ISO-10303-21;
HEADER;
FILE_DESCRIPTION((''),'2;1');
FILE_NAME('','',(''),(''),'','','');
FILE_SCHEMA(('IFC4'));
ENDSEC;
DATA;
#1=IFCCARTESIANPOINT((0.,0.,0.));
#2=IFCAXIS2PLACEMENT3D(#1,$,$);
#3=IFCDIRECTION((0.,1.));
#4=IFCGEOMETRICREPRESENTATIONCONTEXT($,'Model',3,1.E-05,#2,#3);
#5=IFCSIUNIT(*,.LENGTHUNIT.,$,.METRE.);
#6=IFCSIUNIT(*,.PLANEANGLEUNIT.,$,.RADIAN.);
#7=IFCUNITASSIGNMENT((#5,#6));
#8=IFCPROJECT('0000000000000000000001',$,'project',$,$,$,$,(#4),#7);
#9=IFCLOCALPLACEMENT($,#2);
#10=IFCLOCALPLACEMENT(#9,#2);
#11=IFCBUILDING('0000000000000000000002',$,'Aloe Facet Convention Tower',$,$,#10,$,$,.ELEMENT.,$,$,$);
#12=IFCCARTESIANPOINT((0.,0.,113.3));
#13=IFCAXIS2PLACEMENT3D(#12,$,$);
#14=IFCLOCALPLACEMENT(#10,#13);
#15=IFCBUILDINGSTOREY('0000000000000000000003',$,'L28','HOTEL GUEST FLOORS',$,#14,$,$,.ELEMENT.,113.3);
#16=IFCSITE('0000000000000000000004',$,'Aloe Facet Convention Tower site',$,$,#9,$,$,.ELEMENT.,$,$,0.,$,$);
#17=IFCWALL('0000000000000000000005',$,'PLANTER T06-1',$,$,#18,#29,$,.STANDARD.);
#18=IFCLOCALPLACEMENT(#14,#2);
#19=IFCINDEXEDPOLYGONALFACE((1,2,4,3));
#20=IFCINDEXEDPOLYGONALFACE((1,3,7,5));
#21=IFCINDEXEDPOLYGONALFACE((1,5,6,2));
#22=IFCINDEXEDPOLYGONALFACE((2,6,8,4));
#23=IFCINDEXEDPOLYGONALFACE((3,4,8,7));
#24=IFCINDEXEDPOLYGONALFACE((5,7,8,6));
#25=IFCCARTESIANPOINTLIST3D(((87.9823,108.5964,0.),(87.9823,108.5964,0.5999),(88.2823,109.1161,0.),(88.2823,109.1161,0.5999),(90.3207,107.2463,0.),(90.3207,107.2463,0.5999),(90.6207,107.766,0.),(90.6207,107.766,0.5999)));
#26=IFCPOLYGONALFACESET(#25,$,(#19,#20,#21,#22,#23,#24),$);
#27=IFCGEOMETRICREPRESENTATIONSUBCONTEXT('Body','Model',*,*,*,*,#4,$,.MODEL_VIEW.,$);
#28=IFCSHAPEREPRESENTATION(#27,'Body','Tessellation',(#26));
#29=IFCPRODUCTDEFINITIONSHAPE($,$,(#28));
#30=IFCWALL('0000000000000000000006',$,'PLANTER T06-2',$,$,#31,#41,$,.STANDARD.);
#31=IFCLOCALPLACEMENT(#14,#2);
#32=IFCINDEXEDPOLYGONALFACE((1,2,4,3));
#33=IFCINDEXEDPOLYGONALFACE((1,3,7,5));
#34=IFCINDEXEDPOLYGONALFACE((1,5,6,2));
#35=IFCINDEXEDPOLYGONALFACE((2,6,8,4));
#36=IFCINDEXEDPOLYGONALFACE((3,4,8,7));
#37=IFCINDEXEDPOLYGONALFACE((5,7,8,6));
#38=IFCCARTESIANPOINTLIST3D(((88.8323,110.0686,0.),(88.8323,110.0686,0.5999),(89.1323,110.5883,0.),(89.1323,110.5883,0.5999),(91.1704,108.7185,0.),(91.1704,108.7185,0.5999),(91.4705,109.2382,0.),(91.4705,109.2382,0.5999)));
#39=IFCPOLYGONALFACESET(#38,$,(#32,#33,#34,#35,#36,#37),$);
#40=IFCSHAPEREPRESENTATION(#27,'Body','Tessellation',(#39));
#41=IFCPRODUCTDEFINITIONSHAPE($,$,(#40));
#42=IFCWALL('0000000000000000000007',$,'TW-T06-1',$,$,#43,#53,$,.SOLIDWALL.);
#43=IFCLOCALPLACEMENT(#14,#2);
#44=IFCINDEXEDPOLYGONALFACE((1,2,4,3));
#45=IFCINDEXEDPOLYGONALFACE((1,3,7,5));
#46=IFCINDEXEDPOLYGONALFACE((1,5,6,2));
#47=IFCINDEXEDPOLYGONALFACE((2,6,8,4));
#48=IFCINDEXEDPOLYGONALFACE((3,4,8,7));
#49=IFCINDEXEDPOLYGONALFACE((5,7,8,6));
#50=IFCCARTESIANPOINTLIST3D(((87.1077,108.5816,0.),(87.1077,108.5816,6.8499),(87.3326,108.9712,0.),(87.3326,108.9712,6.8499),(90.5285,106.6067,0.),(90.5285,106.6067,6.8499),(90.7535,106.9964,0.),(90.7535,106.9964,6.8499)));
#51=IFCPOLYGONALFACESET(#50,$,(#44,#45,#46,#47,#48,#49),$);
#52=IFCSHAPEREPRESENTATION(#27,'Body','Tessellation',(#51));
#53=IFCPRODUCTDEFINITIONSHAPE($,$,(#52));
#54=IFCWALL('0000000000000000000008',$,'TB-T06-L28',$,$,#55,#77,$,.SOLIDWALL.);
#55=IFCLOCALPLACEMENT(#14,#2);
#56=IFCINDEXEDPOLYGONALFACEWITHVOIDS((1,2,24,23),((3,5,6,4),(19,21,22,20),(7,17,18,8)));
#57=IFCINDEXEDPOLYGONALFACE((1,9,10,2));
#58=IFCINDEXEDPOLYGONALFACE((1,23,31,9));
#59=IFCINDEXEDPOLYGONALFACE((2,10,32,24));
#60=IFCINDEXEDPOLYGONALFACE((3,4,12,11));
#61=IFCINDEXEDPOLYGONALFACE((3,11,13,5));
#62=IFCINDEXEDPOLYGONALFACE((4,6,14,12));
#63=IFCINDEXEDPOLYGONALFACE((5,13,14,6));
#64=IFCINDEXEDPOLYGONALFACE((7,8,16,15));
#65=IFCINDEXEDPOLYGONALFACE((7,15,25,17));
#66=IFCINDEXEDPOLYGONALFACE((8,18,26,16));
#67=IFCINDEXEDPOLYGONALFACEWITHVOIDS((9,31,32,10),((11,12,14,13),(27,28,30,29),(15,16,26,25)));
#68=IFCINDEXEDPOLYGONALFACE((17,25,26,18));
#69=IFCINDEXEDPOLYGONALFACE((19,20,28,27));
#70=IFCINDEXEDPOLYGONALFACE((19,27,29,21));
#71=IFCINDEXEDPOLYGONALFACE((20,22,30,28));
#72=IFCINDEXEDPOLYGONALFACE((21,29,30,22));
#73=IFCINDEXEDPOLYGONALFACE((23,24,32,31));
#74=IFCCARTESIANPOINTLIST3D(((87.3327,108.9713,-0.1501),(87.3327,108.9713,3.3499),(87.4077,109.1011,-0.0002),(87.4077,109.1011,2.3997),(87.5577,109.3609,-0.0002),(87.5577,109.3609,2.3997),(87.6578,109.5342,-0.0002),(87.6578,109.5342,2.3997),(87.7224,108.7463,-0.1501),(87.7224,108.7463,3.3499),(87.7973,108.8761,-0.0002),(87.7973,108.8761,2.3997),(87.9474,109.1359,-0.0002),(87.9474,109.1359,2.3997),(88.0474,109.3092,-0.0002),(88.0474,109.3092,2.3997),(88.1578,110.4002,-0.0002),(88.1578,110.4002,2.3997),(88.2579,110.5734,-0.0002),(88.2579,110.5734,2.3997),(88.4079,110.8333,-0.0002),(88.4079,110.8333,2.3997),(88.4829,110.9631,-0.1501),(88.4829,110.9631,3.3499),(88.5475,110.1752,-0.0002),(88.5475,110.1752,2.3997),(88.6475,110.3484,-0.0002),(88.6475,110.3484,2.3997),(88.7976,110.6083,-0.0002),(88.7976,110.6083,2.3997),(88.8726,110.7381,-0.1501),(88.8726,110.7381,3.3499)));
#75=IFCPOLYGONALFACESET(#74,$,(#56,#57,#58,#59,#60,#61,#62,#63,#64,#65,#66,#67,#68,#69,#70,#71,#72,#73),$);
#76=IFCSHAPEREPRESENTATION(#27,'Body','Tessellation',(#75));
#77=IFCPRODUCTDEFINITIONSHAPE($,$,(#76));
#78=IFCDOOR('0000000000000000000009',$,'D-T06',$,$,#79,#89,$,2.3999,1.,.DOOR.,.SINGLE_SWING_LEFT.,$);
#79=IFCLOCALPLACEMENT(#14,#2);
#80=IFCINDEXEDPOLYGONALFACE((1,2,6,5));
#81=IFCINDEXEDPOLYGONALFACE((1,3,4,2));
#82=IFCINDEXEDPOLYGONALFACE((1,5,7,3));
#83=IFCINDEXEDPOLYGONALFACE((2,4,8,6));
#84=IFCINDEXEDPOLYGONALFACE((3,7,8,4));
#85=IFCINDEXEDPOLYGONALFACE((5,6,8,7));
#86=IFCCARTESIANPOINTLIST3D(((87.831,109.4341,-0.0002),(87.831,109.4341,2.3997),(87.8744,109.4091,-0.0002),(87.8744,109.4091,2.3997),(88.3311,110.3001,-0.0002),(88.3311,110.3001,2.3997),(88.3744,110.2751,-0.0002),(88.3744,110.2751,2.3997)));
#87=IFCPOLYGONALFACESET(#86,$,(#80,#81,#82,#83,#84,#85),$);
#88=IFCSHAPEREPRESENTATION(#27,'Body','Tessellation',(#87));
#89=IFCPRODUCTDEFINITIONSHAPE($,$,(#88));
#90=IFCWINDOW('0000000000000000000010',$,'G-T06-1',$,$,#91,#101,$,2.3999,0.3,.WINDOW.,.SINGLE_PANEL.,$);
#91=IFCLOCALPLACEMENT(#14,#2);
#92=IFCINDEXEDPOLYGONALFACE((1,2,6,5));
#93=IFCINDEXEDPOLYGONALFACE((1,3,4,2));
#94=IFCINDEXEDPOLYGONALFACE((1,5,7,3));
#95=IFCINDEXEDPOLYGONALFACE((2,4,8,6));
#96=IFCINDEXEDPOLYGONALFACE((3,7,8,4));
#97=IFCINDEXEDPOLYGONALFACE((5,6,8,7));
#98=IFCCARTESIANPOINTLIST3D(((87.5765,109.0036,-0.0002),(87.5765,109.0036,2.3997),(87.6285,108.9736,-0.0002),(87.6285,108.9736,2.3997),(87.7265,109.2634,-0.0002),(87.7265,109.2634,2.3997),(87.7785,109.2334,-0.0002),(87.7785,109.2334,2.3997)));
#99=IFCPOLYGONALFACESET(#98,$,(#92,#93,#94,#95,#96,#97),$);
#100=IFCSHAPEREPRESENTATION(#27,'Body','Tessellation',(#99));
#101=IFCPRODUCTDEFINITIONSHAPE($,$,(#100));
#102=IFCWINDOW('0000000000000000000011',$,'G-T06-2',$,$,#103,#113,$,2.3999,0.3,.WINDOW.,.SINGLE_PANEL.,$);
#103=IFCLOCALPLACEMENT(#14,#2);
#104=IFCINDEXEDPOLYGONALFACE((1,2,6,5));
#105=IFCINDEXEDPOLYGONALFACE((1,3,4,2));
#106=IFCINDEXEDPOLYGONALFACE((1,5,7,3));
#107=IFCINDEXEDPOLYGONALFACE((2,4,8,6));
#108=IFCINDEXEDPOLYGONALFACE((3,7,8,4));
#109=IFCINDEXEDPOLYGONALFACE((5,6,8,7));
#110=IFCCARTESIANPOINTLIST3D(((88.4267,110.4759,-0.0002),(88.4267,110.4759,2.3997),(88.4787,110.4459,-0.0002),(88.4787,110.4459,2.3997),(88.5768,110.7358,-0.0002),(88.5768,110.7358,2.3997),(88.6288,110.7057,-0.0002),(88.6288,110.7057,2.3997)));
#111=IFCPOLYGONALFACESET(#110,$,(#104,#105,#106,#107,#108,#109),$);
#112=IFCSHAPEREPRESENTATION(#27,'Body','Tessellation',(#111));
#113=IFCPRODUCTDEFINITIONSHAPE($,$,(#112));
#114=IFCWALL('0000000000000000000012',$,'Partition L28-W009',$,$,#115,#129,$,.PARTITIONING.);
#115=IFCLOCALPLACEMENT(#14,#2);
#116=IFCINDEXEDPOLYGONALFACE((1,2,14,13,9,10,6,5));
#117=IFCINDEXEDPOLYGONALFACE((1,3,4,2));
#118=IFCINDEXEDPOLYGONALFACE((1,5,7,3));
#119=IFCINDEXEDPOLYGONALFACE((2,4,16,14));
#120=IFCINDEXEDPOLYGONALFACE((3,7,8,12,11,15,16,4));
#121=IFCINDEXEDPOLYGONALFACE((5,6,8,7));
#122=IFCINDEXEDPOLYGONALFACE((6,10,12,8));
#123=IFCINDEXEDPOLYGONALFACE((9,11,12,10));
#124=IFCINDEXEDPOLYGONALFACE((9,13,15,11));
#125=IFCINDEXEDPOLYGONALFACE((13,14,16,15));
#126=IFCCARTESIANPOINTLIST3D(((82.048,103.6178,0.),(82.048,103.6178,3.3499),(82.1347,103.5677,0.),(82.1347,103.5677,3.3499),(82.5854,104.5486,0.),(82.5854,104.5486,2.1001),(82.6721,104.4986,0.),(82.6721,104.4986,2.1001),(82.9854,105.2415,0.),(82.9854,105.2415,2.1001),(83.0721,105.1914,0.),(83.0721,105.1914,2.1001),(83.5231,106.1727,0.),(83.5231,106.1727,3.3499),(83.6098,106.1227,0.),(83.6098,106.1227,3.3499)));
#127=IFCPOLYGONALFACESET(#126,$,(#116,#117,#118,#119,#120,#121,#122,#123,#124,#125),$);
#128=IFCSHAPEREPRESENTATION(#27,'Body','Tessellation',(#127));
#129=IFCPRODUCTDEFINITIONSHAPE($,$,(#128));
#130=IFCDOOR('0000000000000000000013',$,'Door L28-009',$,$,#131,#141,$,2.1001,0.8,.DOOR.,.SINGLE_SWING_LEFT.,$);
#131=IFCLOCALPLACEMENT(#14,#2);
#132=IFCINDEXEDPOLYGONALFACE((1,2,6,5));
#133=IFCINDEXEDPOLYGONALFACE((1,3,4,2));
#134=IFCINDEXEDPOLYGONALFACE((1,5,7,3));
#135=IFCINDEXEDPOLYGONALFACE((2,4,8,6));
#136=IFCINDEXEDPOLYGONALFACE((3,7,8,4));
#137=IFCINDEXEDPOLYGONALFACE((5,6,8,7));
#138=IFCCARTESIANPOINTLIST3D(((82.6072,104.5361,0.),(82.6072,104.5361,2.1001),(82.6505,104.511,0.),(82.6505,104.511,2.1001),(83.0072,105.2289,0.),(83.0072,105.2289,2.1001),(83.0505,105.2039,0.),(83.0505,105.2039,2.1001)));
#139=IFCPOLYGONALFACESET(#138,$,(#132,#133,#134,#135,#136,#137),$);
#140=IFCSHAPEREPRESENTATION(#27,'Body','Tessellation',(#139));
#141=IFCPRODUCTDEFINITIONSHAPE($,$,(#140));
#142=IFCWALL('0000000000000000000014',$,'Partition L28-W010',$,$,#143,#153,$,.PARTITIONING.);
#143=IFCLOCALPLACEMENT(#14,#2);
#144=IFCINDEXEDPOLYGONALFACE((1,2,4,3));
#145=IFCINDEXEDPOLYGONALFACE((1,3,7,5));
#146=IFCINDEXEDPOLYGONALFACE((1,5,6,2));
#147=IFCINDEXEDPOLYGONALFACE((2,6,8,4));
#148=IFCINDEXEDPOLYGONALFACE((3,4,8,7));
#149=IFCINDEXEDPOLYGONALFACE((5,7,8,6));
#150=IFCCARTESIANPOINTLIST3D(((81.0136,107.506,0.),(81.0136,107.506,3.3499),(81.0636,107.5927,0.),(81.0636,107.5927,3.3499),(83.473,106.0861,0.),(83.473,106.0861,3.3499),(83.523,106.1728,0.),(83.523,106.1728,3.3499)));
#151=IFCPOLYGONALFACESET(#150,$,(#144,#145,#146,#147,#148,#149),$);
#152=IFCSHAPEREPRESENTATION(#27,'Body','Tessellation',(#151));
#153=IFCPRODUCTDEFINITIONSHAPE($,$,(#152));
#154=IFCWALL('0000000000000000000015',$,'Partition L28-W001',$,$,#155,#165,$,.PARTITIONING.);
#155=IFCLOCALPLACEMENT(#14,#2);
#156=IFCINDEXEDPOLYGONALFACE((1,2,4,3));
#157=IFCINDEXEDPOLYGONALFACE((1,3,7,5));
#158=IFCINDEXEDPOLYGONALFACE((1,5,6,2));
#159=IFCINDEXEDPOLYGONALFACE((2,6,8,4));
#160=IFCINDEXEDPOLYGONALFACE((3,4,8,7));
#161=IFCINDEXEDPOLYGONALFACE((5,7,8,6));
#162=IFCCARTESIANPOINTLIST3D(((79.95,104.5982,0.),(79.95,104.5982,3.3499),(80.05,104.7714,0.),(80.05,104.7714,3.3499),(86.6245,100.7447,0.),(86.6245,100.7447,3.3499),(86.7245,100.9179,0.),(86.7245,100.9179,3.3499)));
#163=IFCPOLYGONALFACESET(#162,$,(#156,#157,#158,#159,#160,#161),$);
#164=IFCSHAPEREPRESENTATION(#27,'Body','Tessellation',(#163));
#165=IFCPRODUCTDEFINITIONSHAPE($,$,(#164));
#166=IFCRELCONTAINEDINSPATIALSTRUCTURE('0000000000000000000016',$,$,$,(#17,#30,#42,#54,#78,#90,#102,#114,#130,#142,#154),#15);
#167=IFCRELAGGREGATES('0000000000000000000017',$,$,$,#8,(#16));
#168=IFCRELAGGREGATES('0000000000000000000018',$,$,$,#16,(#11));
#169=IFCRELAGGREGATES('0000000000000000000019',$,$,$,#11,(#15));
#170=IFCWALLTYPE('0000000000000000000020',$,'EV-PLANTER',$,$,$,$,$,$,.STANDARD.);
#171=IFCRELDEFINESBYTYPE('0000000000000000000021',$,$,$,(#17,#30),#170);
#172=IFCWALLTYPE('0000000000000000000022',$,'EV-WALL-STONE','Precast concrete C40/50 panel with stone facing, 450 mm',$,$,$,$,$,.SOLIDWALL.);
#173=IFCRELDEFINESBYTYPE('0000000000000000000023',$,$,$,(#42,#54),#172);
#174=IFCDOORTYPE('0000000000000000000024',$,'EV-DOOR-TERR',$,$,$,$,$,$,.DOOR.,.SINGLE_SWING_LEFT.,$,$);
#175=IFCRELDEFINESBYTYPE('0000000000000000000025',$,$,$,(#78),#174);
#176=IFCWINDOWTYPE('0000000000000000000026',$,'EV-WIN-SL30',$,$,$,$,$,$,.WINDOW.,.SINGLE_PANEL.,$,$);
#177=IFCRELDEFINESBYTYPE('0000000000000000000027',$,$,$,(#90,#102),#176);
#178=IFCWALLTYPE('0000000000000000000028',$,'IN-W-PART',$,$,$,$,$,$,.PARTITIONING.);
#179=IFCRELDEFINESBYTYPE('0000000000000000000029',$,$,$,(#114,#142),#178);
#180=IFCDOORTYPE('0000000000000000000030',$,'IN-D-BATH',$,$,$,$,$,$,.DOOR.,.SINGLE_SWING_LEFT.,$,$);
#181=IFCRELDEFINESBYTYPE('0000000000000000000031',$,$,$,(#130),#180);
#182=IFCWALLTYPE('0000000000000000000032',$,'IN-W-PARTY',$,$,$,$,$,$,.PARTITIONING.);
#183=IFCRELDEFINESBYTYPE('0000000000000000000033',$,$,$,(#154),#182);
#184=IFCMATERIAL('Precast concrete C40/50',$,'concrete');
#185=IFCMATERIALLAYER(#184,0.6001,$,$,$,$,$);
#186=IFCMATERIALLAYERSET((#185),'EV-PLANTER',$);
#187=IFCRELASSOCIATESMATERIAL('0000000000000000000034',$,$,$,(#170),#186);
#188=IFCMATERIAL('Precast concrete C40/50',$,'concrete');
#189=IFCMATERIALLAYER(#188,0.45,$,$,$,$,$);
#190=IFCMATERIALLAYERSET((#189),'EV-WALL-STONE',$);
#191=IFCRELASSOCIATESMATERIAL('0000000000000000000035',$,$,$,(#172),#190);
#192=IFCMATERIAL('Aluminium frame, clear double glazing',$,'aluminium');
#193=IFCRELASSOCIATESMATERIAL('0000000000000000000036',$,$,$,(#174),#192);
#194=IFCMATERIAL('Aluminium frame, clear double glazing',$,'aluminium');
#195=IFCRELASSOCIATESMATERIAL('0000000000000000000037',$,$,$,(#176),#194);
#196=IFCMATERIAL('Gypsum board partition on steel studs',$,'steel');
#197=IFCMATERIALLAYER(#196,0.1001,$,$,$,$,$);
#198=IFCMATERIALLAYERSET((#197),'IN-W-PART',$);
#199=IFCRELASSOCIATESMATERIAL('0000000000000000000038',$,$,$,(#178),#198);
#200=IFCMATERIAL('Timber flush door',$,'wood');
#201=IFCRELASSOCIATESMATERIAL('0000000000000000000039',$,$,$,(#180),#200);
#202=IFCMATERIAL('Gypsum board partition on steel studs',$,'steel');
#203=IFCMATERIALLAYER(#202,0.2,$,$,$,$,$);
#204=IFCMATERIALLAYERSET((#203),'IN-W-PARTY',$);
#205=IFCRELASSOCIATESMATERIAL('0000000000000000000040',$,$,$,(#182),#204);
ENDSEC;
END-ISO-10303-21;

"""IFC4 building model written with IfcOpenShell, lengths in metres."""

from ifc_helpers import new_model, si_unit, direction, frame, frame_2d, origin, place, context, subcontext, project, spatial, rectangle, extrude, material, layer, layer_set, type_object, element, fill, save


model = new_model("IFC4")

# Units and contexts
model_context = context("Model", 3, precision=1e-05, world=origin(), true_north=direction((0.0, 1.0)))
body_context = subcontext(model_context, "Body", "Model", "MODEL_VIEW")
ifc_project = project(units=[si_unit("LENGTHUNIT", "METRE"), si_unit("PLANEANGLEUNIT", "RADIAN")], contexts=[model_context])

# Site, building, storey
site_placement = place(None, origin())
site = spatial("IfcSite", under=ifc_project, at=site_placement, Name="Aloe Facet Convention Tower site", CompositionType="ELEMENT", RefElevation=0.0)
building_placement = place(site_placement, origin())
building = spatial("IfcBuilding", under=site, at=building_placement, Name="Aloe Facet Convention Tower", CompositionType="ELEMENT")
storey_placement = place(building_placement, frame((0.0, 0.0, 113.3)))
storey = spatial("IfcBuildingStorey", under=building, at=storey_placement, Name="L28", Description="HOTEL GUEST FLOORS", CompositionType="ELEMENT", Elevation=113.3)

# Walls
ifc_material_1 = material(Name="Precast concrete C40/50", Category="concrete")
ifc_layer_1 = layer(ifc_material_1, 0.6001)
ifc_layer_set_1 = layer_set([ifc_layer_1], Name="EV-PLANTER")
wall_type_1 = type_object("IfcWallType", Name="EV-PLANTER", PredefinedType="STANDARD", material=ifc_layer_set_1)
wall_1_placement = place(storey_placement, frame((90.4707, 107.5061, 0.0), z_axis=(0.0, 0.0, 1.0), x_axis=(-0.86602, 0.500009, 0.0)))
element("IfcWall", 1, at=wall_1_placement, inside=storey, type_object=wall_type_1, Name="PLANTER T06-1", PredefinedType="STANDARD", context=body_context, shape_type="SweptSolid", body=[
    extrude(rectangle(XDim=2.7002, YDim=0.6001, at=frame_2d((1.3501, 0.0))), origin(), (0.0, 0.0, 1.0), 0.5999),
])
wall_2_placement = place(storey_placement, frame((91.3206, 108.9783, 0.0), z_axis=(0.0, 0.0, 1.0), x_axis=(-0.865997, 0.500049, 0.0)))
element("IfcWall", 2, at=wall_2_placement, inside=storey, type_object=wall_type_1, Name="PLANTER T06-2", PredefinedType="STANDARD", context=body_context, shape_type="SweptSolid", body=[
    extrude(rectangle(XDim=2.7, YDim=0.6001, at=frame_2d((1.3501, 0.0))), origin(), (0.0, 0.0, 1.0), 0.5999),
])
ifc_material_2 = material(Name="Precast concrete C40/50", Category="concrete")
ifc_layer_2 = layer(ifc_material_2, 0.45)
ifc_layer_set_2 = layer_set([ifc_layer_2], Name="EV-WALL-STONE")
wall_type_2 = type_object("IfcWallType", Name="EV-WALL-STONE", Description="Precast concrete C40/50 panel with stone facing, 450 mm", PredefinedType="SOLIDWALL", material=ifc_layer_set_2)
wall_3_placement = place(storey_placement, frame((90.6411, 106.8015, 0.0), z_axis=(0.0, 0.0, 1.0), x_axis=(-0.866048, 0.499961, 0.0)))
element("IfcWall", 3, at=wall_3_placement, inside=storey, type_object=wall_type_2, Name="TW-T06-1", PredefinedType="SOLIDWALL", context=body_context, shape_type="SweptSolid", body=[
    extrude(rectangle(XDim=3.95, YDim=0.45, at=frame_2d((1.9751, 0.0))), origin(), (0.0, 0.0, 1.0), 6.8499),
])

# Wall, openings, door, windows
wall_4_placement = place(storey_placement, frame((87.5276, 108.8589, -0.1501), z_axis=(0.0, 0.0, 1.0), x_axis=(0.500078, 0.865981, 0.0)))
wall_4 = element("IfcWall", 4, at=wall_4_placement, inside=storey, type_object=wall_type_2, Name="TB-T06-L28", PredefinedType="SOLIDWALL", context=body_context, shape_type="SweptSolid", body=[
    extrude(rectangle(XDim=2.3, YDim=0.45, at=frame_2d((1.1499, 0.0))), origin(), (0.0, 0.0, 1.0), 3.5),
])
opening_1_placement = place(wall_4_placement, frame((0.6499, 0.0, 0.1499)))
opening_1 = element("IfcOpeningElement", 5, at=opening_1_placement, cuts=wall_4, PredefinedType="OPENING", context=body_context, shape_type="SweptSolid", body=[
    extrude(rectangle(XDim=1.0, YDim=2.3999, at=frame_2d((0.5, 1.2))), frame((0.0, 0.2349, 0.0), z_axis=(0.0, -1.0, 0.0), x_axis=(1.0, 0.0, 0.0)), (0.0, 0.0, 1.0), 0.47),
])
opening_2_placement = place(wall_4_placement, frame((0.1499, 0.0, 0.1499)))
opening_2 = element("IfcOpeningElement", 6, at=opening_2_placement, cuts=wall_4, PredefinedType="OPENING", context=body_context, shape_type="SweptSolid", body=[
    extrude(rectangle(XDim=0.3, YDim=2.3999, at=frame_2d((0.1499, 1.2))), frame((0.0, 0.2349, 0.0), z_axis=(0.0, -1.0, 0.0), x_axis=(1.0, 0.0, 0.0)), (0.0, 0.0, 1.0), 0.47),
])
opening_3_placement = place(wall_4_placement, frame((1.8501, 0.0, 0.1499)))
opening_3 = element("IfcOpeningElement", 7, at=opening_3_placement, cuts=wall_4, PredefinedType="OPENING", context=body_context, shape_type="SweptSolid", body=[
    extrude(rectangle(XDim=0.3, YDim=2.3999, at=frame_2d((0.1499, 1.2))), frame((0.0, 0.2349, 0.0), z_axis=(0.0, -1.0, 0.0), x_axis=(1.0, 0.0, 0.0)), (0.0, 0.0, 1.0), 0.47),
])
ifc_material_3 = material(Name="Aluminium frame, clear double glazing", Category="aluminium")
door_type_1 = type_object("IfcDoorType", Name="EV-DOOR-TERR", OperationType="SINGLE_SWING_LEFT", PredefinedType="DOOR", material=ifc_material_3)
door_1_placement = place(opening_1_placement, origin())
door_1 = element("IfcDoor", 8, at=door_1_placement, inside=storey, type_object=door_type_1, Name="D-T06", OperationType="SINGLE_SWING_LEFT", OverallHeight=2.3999, OverallWidth=1.0, PredefinedType="DOOR", context=body_context, shape_type="SweptSolid", body=[
    extrude(rectangle(XDim=1.0, YDim=2.3999, at=frame_2d((0.5, 1.2))), frame((0.0, 0.0249, 0.0), z_axis=(0.0, -1.0, 0.0), x_axis=(1.0, 0.0, 0.0)), (0.0, 0.0, 1.0), 0.05),
])
fill(opening_1, door_1)
ifc_material_4 = material(Name="Aluminium frame, clear double glazing", Category="aluminium")
window_type = type_object("IfcWindowType", Name="EV-WIN-SL30", PartitioningType="SINGLE_PANEL", PredefinedType="WINDOW", material=ifc_material_4)
window_1_placement = place(opening_2_placement, origin())
window_1 = element("IfcWindow", 9, at=window_1_placement, inside=storey, type_object=window_type, Name="G-T06-1", OverallHeight=2.3999, OverallWidth=0.3, PartitioningType="SINGLE_PANEL", PredefinedType="WINDOW", context=body_context, shape_type="SweptSolid", body=[
    extrude(rectangle(XDim=0.3, YDim=2.3999, at=frame_2d((0.1499, 1.2))), frame((0.0, 0.03, 0.0), z_axis=(0.0, -1.0, 0.0), x_axis=(1.0, 0.0, 0.0)), (0.0, 0.0, 1.0), 0.0601),
])
fill(opening_2, window_1)
window_2_placement = place(opening_3_placement, origin())
window_2 = element("IfcWindow", 10, at=window_2_placement, inside=storey, type_object=window_type, Name="G-T06-2", OverallHeight=2.3999, OverallWidth=0.3, PartitioningType="SINGLE_PANEL", PredefinedType="WINDOW", context=body_context, shape_type="SweptSolid", body=[
    extrude(rectangle(XDim=0.3, YDim=2.3999, at=frame_2d((0.1499, 1.2))), frame((0.0, 0.03, 0.0), z_axis=(0.0, -1.0, 0.0), x_axis=(1.0, 0.0, 0.0)), (0.0, 0.0, 1.0), 0.0601),
])
fill(opening_3, window_2)

# Wall, opening, door
ifc_material_5 = material(Name="Gypsum board partition on steel studs", Category="steel")
ifc_layer_3 = layer(ifc_material_5, 0.1001)
ifc_layer_set_3 = layer_set([ifc_layer_3], Name="IN-W-PART")
wall_type_3 = type_object("IfcWallType", Name="IN-W-PART", PredefinedType="PARTITIONING", material=ifc_layer_set_3)
wall_5_placement = place(storey_placement, frame((82.0913, 103.5928, 0.0), z_axis=(0.0, 0.0, 1.0), x_axis=(0.500002, 0.866024, 0.0)))
wall_5 = element("IfcWall", 11, at=wall_5_placement, inside=storey, type_object=wall_type_3, Name="Partition L28-W009", PredefinedType="PARTITIONING", context=body_context, shape_type="SweptSolid", body=[
    extrude(rectangle(XDim=2.9502, YDim=0.1001, at=frame_2d((1.4751, 0.0))), origin(), (0.0, 0.0, 1.0), 3.3499),
])
opening_4_placement = place(wall_5_placement, frame((1.075, 0.0, 0.0)))
opening_4 = element("IfcOpeningElement", 12, at=opening_4_placement, cuts=wall_5, PredefinedType="OPENING", context=body_context, shape_type="SweptSolid", body=[
    extrude(rectangle(XDim=0.8, YDim=2.1001, at=frame_2d((0.3999, 1.05))), frame((0.0, 0.0601, 0.0), z_axis=(0.0, -1.0, 0.0), x_axis=(1.0, 0.0, 0.0)), (0.0, 0.0, 1.0), 0.1201),
])
ifc_material_6 = material(Name="Timber flush door", Category="wood")
door_type_2 = type_object("IfcDoorType", Name="IN-D-BATH", OperationType="SINGLE_SWING_LEFT", PredefinedType="DOOR", material=ifc_material_6)
door_2_placement = place(opening_4_placement, origin())
door_2 = element("IfcDoor", 13, at=door_2_placement, inside=storey, type_object=door_type_2, Name="Door L28-009", OperationType="SINGLE_SWING_LEFT", OverallHeight=2.1001, OverallWidth=0.8, PredefinedType="DOOR", context=body_context, shape_type="SweptSolid", body=[
    extrude(rectangle(XDim=0.8, YDim=2.1001, at=frame_2d((0.3999, 1.05))), frame((0.0, 0.0249, 0.0), z_axis=(0.0, -1.0, 0.0), x_axis=(1.0, 0.0, 0.0)), (0.0, 0.0, 1.0), 0.05),
])
fill(opening_4, door_2)

# Walls
wall_6_placement = place(storey_placement, frame((81.0386, 107.5493, 0.0), z_axis=(0.0, 0.0, 1.0), x_axis=(0.866034, -0.499985, 0.0)))
element("IfcWall", 14, at=wall_6_placement, inside=storey, type_object=wall_type_3, Name="Partition L28-W010", PredefinedType="PARTITIONING", context=body_context, shape_type="SweptSolid", body=[
    extrude(rectangle(XDim=2.8398, YDim=0.1001, at=frame_2d((1.4199, 0.0))), origin(), (0.0, 0.0, 1.0), 3.3499),
])
ifc_material_7 = material(Name="Gypsum board partition on steel studs", Category="steel")
ifc_layer_4 = layer(ifc_material_7, 0.2)
ifc_layer_set_4 = layer_set([ifc_layer_4], Name="IN-W-PARTY")
wall_type_4 = type_object("IfcWallType", Name="IN-W-PARTY", PredefinedType="PARTITIONING", material=ifc_layer_set_4)
wall_7_placement = place(storey_placement, frame((80.0, 104.6848, 0.0), z_axis=(0.0, 0.0, 1.0), x_axis=(0.866028, -0.499996, 0.0)))
element("IfcWall", 15, at=wall_7_placement, inside=storey, type_object=wall_type_4, Name="Partition L28-W001", PredefinedType="PARTITIONING", context=body_context, shape_type="SweptSolid", body=[
    extrude(rectangle(XDim=7.707, YDim=0.2, at=frame_2d((3.8535, 0.0))), origin(), (0.0, 0.0, 1.0), 3.3499),
])

save(model, "model.ifc")
